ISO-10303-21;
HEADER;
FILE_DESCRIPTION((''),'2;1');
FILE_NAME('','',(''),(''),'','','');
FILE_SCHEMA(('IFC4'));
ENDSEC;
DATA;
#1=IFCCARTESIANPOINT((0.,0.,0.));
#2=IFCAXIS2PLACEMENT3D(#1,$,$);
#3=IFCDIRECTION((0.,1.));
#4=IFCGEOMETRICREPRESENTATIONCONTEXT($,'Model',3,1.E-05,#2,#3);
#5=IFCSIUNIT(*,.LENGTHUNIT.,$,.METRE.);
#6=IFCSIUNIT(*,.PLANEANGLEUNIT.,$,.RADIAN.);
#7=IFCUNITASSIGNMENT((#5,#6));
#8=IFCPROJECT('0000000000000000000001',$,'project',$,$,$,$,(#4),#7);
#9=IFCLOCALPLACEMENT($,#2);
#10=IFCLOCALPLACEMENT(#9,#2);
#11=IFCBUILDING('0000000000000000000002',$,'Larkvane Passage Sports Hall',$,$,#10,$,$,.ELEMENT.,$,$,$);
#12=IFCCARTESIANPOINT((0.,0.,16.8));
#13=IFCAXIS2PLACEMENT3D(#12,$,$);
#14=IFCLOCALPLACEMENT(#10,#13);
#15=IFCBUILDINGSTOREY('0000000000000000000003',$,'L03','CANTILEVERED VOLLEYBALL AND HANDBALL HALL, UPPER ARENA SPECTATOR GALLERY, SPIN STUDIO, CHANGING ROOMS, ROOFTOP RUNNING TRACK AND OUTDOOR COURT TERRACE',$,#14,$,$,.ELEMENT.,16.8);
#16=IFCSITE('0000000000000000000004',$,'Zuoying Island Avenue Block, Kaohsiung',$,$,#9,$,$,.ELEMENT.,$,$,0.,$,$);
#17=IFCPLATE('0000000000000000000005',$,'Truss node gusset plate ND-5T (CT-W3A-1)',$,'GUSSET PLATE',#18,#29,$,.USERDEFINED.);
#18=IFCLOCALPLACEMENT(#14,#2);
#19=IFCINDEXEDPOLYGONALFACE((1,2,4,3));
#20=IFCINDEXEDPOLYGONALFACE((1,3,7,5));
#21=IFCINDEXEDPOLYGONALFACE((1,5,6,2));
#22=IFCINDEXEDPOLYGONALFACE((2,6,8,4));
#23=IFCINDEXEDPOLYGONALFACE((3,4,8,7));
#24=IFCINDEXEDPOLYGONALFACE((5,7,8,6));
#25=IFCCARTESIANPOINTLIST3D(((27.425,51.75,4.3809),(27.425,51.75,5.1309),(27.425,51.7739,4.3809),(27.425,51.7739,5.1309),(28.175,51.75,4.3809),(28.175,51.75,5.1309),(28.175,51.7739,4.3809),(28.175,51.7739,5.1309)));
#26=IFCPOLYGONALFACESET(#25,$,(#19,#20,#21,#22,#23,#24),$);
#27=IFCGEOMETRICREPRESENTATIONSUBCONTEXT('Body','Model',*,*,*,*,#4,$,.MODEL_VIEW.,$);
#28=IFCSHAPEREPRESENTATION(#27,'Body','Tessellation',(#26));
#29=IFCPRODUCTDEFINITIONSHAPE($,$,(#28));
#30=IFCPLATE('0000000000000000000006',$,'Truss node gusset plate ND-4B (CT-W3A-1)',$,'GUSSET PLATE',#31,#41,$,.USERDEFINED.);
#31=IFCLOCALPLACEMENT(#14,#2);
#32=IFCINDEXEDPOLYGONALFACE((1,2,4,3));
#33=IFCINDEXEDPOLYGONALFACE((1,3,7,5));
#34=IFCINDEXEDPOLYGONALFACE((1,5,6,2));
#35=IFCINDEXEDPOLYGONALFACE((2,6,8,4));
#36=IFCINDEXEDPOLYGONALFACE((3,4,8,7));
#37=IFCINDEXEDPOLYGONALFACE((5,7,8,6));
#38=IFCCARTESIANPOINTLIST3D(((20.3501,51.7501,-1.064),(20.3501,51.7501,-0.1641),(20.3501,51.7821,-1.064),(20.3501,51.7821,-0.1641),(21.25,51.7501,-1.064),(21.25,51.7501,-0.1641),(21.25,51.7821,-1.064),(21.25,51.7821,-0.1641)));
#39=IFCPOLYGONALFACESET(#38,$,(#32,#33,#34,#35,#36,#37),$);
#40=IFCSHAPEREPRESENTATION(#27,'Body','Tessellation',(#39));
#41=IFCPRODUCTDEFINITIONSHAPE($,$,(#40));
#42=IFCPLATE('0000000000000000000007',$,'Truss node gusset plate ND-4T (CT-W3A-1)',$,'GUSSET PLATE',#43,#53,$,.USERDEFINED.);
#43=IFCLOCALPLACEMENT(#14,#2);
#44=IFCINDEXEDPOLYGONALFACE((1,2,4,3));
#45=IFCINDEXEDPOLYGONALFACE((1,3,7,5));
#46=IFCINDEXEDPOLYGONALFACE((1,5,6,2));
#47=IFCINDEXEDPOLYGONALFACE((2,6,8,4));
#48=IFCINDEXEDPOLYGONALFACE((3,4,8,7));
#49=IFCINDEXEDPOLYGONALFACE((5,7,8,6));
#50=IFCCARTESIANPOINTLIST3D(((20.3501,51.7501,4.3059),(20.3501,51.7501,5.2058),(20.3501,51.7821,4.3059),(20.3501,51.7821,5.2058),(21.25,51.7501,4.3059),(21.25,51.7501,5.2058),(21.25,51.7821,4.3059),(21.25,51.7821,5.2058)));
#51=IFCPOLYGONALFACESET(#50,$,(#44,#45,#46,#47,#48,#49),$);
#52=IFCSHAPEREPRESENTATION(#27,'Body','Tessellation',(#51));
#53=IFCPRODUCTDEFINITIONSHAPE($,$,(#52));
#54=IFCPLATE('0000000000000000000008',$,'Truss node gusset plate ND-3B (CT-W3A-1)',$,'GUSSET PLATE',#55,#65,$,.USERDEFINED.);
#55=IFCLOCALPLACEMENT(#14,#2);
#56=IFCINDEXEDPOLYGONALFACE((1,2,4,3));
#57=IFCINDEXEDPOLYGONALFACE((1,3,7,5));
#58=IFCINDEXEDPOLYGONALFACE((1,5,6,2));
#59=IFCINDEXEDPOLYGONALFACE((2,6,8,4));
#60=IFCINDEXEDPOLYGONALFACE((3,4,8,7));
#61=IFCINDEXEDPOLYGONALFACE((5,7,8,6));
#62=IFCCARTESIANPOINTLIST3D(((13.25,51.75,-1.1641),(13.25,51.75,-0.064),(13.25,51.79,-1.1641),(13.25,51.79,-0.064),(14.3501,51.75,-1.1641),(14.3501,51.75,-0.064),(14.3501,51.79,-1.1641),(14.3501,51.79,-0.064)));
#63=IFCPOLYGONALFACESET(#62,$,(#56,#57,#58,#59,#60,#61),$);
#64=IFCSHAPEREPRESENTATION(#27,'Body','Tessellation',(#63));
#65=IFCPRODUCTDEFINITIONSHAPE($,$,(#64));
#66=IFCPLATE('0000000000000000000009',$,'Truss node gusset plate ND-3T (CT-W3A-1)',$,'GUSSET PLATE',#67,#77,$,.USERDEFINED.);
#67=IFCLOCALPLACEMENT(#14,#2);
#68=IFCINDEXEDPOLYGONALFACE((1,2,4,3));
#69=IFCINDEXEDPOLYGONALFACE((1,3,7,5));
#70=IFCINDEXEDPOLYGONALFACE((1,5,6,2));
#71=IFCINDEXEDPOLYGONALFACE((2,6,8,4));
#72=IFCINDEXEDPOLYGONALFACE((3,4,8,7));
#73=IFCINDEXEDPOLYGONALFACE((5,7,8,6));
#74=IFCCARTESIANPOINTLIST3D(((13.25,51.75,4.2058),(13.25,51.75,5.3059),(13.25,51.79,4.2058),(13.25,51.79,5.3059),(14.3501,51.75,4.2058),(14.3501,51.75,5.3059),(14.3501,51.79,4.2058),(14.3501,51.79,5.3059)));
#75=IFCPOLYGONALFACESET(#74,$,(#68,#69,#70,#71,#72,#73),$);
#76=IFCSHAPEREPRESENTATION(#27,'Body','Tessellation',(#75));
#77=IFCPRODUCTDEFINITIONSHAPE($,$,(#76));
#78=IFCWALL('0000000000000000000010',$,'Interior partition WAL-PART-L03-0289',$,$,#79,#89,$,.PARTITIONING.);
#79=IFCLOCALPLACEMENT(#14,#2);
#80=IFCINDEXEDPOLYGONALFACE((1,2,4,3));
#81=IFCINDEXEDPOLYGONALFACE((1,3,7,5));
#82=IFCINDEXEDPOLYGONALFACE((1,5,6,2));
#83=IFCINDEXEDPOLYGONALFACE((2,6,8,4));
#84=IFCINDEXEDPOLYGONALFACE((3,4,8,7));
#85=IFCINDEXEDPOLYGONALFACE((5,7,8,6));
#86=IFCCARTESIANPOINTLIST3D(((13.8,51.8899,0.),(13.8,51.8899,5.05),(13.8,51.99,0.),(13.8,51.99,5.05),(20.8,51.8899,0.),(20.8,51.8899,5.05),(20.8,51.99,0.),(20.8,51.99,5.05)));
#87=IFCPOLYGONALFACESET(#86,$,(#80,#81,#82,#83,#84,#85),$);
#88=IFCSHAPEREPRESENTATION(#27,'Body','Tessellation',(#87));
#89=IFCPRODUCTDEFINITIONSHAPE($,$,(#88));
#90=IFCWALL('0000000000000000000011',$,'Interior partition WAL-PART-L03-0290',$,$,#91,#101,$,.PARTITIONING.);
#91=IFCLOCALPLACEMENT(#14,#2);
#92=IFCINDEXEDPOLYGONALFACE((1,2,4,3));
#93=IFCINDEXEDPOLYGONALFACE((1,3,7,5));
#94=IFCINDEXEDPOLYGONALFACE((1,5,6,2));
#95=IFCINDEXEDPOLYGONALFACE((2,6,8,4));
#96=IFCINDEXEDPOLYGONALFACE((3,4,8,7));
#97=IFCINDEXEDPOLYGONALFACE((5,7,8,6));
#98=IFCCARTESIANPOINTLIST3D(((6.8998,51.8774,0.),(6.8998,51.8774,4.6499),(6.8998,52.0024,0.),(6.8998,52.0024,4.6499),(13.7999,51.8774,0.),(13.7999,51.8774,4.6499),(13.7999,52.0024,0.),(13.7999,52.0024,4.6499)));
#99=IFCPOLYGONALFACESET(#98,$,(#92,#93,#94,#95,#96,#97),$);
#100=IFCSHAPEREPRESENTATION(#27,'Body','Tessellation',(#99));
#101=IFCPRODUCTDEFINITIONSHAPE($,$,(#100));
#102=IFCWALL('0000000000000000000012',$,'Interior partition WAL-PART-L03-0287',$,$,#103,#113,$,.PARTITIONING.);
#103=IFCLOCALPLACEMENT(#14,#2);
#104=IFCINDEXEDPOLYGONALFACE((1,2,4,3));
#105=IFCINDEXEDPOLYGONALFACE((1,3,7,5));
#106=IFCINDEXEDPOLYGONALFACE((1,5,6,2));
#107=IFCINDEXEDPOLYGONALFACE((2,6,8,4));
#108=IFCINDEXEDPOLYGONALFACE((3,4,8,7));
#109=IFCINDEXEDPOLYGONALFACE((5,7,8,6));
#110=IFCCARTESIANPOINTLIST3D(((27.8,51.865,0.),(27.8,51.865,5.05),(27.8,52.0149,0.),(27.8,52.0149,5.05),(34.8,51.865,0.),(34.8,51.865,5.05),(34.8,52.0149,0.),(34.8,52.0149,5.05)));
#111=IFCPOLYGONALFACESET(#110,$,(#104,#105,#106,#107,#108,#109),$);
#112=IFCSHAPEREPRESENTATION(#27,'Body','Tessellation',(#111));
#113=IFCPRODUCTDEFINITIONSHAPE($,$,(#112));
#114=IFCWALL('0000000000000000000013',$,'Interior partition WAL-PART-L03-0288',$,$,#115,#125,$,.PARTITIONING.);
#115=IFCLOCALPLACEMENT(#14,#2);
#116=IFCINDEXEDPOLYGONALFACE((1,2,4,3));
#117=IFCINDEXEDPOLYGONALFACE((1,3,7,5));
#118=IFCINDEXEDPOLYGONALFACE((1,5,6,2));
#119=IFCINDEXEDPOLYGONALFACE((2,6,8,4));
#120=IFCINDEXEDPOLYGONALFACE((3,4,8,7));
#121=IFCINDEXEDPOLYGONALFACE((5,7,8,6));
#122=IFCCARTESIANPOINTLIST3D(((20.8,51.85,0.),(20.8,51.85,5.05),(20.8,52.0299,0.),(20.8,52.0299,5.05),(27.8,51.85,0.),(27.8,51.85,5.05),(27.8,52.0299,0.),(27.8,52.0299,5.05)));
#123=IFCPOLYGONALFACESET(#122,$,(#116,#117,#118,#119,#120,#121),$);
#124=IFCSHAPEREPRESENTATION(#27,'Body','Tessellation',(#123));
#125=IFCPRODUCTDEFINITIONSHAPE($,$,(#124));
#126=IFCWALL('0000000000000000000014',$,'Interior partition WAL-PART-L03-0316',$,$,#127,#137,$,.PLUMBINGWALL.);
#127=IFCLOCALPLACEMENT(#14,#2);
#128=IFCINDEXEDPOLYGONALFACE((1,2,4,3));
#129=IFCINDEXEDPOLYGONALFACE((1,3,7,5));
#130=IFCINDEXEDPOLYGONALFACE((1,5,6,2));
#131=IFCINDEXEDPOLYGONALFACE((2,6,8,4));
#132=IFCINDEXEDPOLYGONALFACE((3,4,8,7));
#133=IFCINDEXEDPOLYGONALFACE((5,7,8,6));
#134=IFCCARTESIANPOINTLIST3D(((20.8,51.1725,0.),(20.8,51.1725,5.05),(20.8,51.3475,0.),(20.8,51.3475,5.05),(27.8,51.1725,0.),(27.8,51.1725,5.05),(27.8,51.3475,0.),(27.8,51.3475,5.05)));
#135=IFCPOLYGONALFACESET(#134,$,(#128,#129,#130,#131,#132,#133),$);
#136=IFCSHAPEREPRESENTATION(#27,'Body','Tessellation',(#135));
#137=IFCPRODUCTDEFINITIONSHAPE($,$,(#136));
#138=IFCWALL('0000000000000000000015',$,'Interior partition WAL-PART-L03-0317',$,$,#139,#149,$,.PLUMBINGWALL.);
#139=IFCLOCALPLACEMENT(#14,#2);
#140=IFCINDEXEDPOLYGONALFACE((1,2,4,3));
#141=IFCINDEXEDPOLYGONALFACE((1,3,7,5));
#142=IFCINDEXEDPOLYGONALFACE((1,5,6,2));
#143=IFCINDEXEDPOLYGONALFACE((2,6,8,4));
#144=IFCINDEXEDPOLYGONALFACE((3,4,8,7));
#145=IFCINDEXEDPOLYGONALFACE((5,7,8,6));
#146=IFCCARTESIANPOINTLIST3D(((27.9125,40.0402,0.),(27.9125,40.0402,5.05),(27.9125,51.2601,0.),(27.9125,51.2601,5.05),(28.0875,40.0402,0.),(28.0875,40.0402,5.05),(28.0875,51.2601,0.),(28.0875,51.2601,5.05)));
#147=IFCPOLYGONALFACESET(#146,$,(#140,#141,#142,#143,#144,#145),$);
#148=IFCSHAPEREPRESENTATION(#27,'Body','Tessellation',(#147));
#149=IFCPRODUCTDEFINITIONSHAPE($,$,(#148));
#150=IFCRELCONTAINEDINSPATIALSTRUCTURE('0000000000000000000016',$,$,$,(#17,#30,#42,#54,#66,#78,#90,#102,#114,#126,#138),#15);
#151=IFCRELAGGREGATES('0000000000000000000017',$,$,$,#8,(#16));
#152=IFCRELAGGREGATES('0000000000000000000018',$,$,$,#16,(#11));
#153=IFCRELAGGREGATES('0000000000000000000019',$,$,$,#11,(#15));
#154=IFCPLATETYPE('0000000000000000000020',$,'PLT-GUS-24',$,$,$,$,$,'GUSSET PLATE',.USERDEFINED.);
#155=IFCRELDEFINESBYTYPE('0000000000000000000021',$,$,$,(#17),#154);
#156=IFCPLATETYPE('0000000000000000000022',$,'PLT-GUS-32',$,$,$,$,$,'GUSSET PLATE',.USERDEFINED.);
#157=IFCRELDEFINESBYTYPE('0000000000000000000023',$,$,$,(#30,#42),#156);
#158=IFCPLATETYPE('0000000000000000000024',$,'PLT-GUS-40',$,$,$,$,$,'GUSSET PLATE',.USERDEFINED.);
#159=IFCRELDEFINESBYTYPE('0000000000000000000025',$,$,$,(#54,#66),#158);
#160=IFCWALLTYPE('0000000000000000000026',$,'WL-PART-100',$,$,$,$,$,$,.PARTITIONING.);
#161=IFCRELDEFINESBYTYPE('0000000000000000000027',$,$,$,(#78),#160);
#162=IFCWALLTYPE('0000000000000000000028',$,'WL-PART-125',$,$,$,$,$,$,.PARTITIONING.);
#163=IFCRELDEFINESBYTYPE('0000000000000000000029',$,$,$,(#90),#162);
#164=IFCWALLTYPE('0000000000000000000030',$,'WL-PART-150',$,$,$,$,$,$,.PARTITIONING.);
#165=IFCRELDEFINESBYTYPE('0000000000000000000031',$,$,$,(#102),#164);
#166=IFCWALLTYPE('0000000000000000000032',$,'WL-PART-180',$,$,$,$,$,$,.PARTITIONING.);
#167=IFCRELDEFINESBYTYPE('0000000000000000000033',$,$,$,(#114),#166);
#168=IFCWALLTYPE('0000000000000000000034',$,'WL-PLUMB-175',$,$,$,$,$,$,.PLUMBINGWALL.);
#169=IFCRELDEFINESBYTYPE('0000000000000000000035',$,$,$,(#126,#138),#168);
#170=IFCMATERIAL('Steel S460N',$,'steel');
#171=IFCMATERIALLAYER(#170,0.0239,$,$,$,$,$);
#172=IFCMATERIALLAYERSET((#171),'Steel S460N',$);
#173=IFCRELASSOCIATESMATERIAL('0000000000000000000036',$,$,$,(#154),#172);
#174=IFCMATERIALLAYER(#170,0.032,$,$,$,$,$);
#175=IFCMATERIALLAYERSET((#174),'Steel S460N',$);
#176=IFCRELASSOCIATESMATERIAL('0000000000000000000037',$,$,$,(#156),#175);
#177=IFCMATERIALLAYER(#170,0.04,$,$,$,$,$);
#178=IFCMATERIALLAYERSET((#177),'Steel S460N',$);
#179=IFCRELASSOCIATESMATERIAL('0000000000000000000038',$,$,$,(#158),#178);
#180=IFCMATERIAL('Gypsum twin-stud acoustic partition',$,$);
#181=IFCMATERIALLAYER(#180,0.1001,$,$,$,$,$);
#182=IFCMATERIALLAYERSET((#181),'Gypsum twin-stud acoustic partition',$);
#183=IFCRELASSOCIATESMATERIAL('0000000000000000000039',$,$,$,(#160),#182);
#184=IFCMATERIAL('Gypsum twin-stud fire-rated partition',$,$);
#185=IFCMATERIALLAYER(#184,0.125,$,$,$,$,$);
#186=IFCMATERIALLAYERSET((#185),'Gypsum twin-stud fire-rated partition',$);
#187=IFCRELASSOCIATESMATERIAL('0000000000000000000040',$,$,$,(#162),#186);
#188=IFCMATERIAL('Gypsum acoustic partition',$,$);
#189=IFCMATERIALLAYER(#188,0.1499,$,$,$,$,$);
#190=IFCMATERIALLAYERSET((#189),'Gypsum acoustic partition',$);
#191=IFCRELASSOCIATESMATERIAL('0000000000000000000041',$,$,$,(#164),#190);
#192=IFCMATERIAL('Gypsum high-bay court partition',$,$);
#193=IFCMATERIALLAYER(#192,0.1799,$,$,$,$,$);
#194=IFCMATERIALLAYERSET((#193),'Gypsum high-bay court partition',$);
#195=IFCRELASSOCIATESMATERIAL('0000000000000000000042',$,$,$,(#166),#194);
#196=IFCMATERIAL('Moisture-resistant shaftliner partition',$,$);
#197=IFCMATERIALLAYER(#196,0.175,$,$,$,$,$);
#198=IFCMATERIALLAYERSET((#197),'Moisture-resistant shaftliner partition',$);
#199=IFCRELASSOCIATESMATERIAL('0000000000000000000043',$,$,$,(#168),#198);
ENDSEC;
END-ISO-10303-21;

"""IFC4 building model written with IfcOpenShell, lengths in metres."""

from ifc_helpers import new_model, si_unit, direction, frame, frame_2d, origin, origin_2d, place, context, subcontext, project, spatial, rectangle, extrude, material, layer, layer_set, type_object, element, save


model = new_model("IFC4")

# Units and contexts
model_context = context("Model", 3, precision=1e-05, world=origin(), true_north=direction((0.0, 1.0)))
body_context = subcontext(model_context, "Body", "Model", "MODEL_VIEW")
ifc_project = project(units=[si_unit("LENGTHUNIT", "METRE"), si_unit("PLANEANGLEUNIT", "RADIAN")], contexts=[model_context])

# Site, building, storey
site_placement = place(None, origin())
site = spatial("IfcSite", under=ifc_project, at=site_placement, Name="Zuoying Island Avenue Block, Kaohsiung", CompositionType="ELEMENT", RefElevation=0.0)
building_placement = place(site_placement, origin())
building = spatial("IfcBuilding", under=site, at=building_placement, Name="Larkvane Passage Sports Hall", CompositionType="ELEMENT")
storey_placement = place(building_placement, frame((0.0, 0.0, 16.8)))
storey = spatial("IfcBuildingStorey", under=building, at=storey_placement, Name="L03", Description="CANTILEVERED VOLLEYBALL AND HANDBALL HALL, UPPER ARENA SPECTATOR GALLERY, SPIN STUDIO, CHANGING ROOMS, ROOFTOP RUNNING TRACK AND OUTDOOR COURT TERRACE", CompositionType="ELEMENT", Elevation=16.8)

# Shared definitions
ifc_material_1 = material(Name="Steel S460N", Category="steel")

# Plates
ifc_layer_1 = layer(ifc_material_1, 0.0239)
ifc_layer_set_1 = layer_set([ifc_layer_1], Name="Steel S460N")
plate_type_1 = type_object("IfcPlateType", Name="PLT-GUS-24", ElementType="GUSSET PLATE", PredefinedType="USERDEFINED", material=ifc_layer_set_1)
for number, where, z_axis, x_axis, name in (
    (1, (27.8, 51.762, 4.3809), (0.0, 0.0, 1.0), (1.0, 0.0, 0.0), "Truss node gusset plate ND-5T (CT-W3A-1)"),
):
    element("IfcPlate", number, at=place(storey_placement, frame(where, z_axis=z_axis, x_axis=x_axis)), inside=storey, type_object=plate_type_1, Name=name, ObjectType="GUSSET PLATE", PredefinedType="USERDEFINED", context=body_context, shape_type="SweptSolid", body=[
        extrude(rectangle(XDim=0.75, YDim=0.0239, at=origin_2d()), origin(), (0.0, 0.0, 1.0), 0.75),
    ])
ifc_layer_2 = layer(ifc_material_1, 0.032)
ifc_layer_set_2 = layer_set([ifc_layer_2], Name="Steel S460N")
plate_type_2 = type_object("IfcPlateType", Name="PLT-GUS-32", ElementType="GUSSET PLATE", PredefinedType="USERDEFINED", material=ifc_layer_set_2)
for number, where, z_axis, x_axis, name in (
    (2, (20.8, 51.7661, -1.064), (0.0, 0.0, 1.0), (1.0, 0.0, 0.0), "Truss node gusset plate ND-4B (CT-W3A-1)"),
    (3, (20.8, 51.7661, 4.3059), (0.0, 0.0, 1.0), (1.0, 0.0, 0.0), "Truss node gusset plate ND-4T (CT-W3A-1)"),
):
    element("IfcPlate", number, at=place(storey_placement, frame(where, z_axis=z_axis, x_axis=x_axis)), inside=storey, type_object=plate_type_2, Name=name, ObjectType="GUSSET PLATE", PredefinedType="USERDEFINED", context=body_context, shape_type="SweptSolid", body=[
        extrude(rectangle(XDim=0.8999, YDim=0.032, at=origin_2d()), origin(), (0.0, 0.0, 1.0), 0.8999),
    ])
ifc_layer_3 = layer(ifc_material_1, 0.04)
ifc_layer_set_3 = layer_set([ifc_layer_3], Name="Steel S460N")
plate_type_3 = type_object("IfcPlateType", Name="PLT-GUS-40", ElementType="GUSSET PLATE", PredefinedType="USERDEFINED", material=ifc_layer_set_3)
for number, where, z_axis, x_axis, name in (
    (4, (13.8, 51.77, -1.1641), (0.0, 0.0, 1.0), (1.0, 0.0, 0.0), "Truss node gusset plate ND-3B (CT-W3A-1)"),
    (5, (13.8, 51.77, 4.2058), (0.0, 0.0, 1.0), (1.0, 0.0, 0.0), "Truss node gusset plate ND-3T (CT-W3A-1)"),
):
    element("IfcPlate", number, at=place(storey_placement, frame(where, z_axis=z_axis, x_axis=x_axis)), inside=storey, type_object=plate_type_3, Name=name, ObjectType="GUSSET PLATE", PredefinedType="USERDEFINED", context=body_context, shape_type="SweptSolid", body=[
        extrude(rectangle(XDim=1.1001, YDim=0.04, at=origin_2d()), origin(), (0.0, 0.0, 1.0), 1.1001),
    ])

# Walls
ifc_material_2 = material(Name="Gypsum twin-stud acoustic partition")
ifc_layer_4 = layer(ifc_material_2, 0.1001)
ifc_layer_set_4 = layer_set([ifc_layer_4], Name="Gypsum twin-stud acoustic partition")
wall_type_1 = type_object("IfcWallType", Name="WL-PART-100", PredefinedType="PARTITIONING", material=ifc_layer_set_4)
wall_1_placement = place(storey_placement, frame((20.8, 51.9399, 0.0), z_axis=(0.0, 0.0, 1.0), x_axis=(-1.0, 0.0, 0.0)))
element("IfcWall", 6, at=wall_1_placement, inside=storey, type_object=wall_type_1, Name="Interior partition WAL-PART-L03-0289", PredefinedType="PARTITIONING", context=body_context, shape_type="SweptSolid", body=[
    extrude(rectangle(XDim=7.0, YDim=0.1001, at=frame_2d((3.5, 0.0))), origin(), (0.0, 0.0, 1.0), 5.05),
])
ifc_material_3 = material(Name="Gypsum twin-stud fire-rated partition")
ifc_layer_5 = layer(ifc_material_3, 0.125)
ifc_layer_set_5 = layer_set([ifc_layer_5], Name="Gypsum twin-stud fire-rated partition")
wall_type_2 = type_object("IfcWallType", Name="WL-PART-125", PredefinedType="PARTITIONING", material=ifc_layer_set_5)
wall_2_placement = place(storey_placement, frame((13.8, 51.9399, 0.0), z_axis=(0.0, 0.0, 1.0), x_axis=(-1.0, 0.0, 0.0)))
element("IfcWall", 7, at=wall_2_placement, inside=storey, type_object=wall_type_2, Name="Interior partition WAL-PART-L03-0290", PredefinedType="PARTITIONING", context=body_context, shape_type="SweptSolid", body=[
    extrude(rectangle(XDim=6.9001, YDim=0.125, at=frame_2d((3.4502, 0.0))), origin(), (0.0, 0.0, 1.0), 4.6499),
])
ifc_material_4 = material(Name="Gypsum acoustic partition")
ifc_layer_6 = layer(ifc_material_4, 0.1499)
ifc_layer_set_6 = layer_set([ifc_layer_6], Name="Gypsum acoustic partition")
wall_type_3 = type_object("IfcWallType", Name="WL-PART-150", PredefinedType="PARTITIONING", material=ifc_layer_set_6)
wall_3_placement = place(storey_placement, frame((34.8, 51.9399, 0.0), z_axis=(0.0, 0.0, 1.0), x_axis=(-1.0, 0.0, 0.0)))
element("IfcWall", 8, at=wall_3_placement, inside=storey, type_object=wall_type_3, Name="Interior partition WAL-PART-L03-0287", PredefinedType="PARTITIONING", context=body_context, shape_type="SweptSolid", body=[
    extrude(rectangle(XDim=7.0, YDim=0.1499, at=frame_2d((3.5, 0.0))), origin(), (0.0, 0.0, 1.0), 5.05),
])
ifc_material_5 = material(Name="Gypsum high-bay court partition")
ifc_layer_7 = layer(ifc_material_5, 0.1799)
ifc_layer_set_7 = layer_set([ifc_layer_7], Name="Gypsum high-bay court partition")
wall_type_4 = type_object("IfcWallType", Name="WL-PART-180", PredefinedType="PARTITIONING", material=ifc_layer_set_7)
wall_4_placement = place(storey_placement, frame((27.8, 51.9399, 0.0), z_axis=(0.0, 0.0, 1.0), x_axis=(-1.0, 0.0, 0.0)))
element("IfcWall", 9, at=wall_4_placement, inside=storey, type_object=wall_type_4, Name="Interior partition WAL-PART-L03-0288", PredefinedType="PARTITIONING", context=body_context, shape_type="SweptSolid", body=[
    extrude(rectangle(XDim=7.0, YDim=0.1799, at=frame_2d((3.5, 0.0))), origin(), (0.0, 0.0, 1.0), 5.05),
])
ifc_material_6 = material(Name="Moisture-resistant shaftliner partition")
ifc_layer_8 = layer(ifc_material_6, 0.175)
ifc_layer_set_8 = layer_set([ifc_layer_8], Name="Moisture-resistant shaftliner partition")
wall_type_5 = type_object("IfcWallType", Name="WL-PLUMB-175", PredefinedType="PLUMBINGWALL", material=ifc_layer_set_8)
wall_5_placement = place(storey_placement, frame((20.8, 51.26, 0.0), z_axis=(0.0, 0.0, 1.0), x_axis=(1.0, 0.0, 0.0)))
element("IfcWall", 10, at=wall_5_placement, inside=storey, type_object=wall_type_5, Name="Interior partition WAL-PART-L03-0316", PredefinedType="PLUMBINGWALL", context=body_context, shape_type="SweptSolid", body=[
    extrude(rectangle(XDim=7.0, YDim=0.175, at=frame_2d((3.5, 0.0))), origin(), (0.0, 0.0, 1.0), 5.05),
])
wall_6_placement = place(storey_placement, frame((28.0, 51.26, 0.0), z_axis=(0.0, 0.0, 1.0), x_axis=(0.0, -1.0, 0.0)))
element("IfcWall", 11, at=wall_6_placement, inside=storey, type_object=wall_type_5, Name="Interior partition WAL-PART-L03-0317", PredefinedType="PLUMBINGWALL", context=body_context, shape_type="SweptSolid", body=[
    extrude(rectangle(XDim=11.22, YDim=0.175, at=frame_2d((5.6099, 0.0))), origin(), (0.0, 0.0, 1.0), 5.05),
])

save(model, "model.ifc")
